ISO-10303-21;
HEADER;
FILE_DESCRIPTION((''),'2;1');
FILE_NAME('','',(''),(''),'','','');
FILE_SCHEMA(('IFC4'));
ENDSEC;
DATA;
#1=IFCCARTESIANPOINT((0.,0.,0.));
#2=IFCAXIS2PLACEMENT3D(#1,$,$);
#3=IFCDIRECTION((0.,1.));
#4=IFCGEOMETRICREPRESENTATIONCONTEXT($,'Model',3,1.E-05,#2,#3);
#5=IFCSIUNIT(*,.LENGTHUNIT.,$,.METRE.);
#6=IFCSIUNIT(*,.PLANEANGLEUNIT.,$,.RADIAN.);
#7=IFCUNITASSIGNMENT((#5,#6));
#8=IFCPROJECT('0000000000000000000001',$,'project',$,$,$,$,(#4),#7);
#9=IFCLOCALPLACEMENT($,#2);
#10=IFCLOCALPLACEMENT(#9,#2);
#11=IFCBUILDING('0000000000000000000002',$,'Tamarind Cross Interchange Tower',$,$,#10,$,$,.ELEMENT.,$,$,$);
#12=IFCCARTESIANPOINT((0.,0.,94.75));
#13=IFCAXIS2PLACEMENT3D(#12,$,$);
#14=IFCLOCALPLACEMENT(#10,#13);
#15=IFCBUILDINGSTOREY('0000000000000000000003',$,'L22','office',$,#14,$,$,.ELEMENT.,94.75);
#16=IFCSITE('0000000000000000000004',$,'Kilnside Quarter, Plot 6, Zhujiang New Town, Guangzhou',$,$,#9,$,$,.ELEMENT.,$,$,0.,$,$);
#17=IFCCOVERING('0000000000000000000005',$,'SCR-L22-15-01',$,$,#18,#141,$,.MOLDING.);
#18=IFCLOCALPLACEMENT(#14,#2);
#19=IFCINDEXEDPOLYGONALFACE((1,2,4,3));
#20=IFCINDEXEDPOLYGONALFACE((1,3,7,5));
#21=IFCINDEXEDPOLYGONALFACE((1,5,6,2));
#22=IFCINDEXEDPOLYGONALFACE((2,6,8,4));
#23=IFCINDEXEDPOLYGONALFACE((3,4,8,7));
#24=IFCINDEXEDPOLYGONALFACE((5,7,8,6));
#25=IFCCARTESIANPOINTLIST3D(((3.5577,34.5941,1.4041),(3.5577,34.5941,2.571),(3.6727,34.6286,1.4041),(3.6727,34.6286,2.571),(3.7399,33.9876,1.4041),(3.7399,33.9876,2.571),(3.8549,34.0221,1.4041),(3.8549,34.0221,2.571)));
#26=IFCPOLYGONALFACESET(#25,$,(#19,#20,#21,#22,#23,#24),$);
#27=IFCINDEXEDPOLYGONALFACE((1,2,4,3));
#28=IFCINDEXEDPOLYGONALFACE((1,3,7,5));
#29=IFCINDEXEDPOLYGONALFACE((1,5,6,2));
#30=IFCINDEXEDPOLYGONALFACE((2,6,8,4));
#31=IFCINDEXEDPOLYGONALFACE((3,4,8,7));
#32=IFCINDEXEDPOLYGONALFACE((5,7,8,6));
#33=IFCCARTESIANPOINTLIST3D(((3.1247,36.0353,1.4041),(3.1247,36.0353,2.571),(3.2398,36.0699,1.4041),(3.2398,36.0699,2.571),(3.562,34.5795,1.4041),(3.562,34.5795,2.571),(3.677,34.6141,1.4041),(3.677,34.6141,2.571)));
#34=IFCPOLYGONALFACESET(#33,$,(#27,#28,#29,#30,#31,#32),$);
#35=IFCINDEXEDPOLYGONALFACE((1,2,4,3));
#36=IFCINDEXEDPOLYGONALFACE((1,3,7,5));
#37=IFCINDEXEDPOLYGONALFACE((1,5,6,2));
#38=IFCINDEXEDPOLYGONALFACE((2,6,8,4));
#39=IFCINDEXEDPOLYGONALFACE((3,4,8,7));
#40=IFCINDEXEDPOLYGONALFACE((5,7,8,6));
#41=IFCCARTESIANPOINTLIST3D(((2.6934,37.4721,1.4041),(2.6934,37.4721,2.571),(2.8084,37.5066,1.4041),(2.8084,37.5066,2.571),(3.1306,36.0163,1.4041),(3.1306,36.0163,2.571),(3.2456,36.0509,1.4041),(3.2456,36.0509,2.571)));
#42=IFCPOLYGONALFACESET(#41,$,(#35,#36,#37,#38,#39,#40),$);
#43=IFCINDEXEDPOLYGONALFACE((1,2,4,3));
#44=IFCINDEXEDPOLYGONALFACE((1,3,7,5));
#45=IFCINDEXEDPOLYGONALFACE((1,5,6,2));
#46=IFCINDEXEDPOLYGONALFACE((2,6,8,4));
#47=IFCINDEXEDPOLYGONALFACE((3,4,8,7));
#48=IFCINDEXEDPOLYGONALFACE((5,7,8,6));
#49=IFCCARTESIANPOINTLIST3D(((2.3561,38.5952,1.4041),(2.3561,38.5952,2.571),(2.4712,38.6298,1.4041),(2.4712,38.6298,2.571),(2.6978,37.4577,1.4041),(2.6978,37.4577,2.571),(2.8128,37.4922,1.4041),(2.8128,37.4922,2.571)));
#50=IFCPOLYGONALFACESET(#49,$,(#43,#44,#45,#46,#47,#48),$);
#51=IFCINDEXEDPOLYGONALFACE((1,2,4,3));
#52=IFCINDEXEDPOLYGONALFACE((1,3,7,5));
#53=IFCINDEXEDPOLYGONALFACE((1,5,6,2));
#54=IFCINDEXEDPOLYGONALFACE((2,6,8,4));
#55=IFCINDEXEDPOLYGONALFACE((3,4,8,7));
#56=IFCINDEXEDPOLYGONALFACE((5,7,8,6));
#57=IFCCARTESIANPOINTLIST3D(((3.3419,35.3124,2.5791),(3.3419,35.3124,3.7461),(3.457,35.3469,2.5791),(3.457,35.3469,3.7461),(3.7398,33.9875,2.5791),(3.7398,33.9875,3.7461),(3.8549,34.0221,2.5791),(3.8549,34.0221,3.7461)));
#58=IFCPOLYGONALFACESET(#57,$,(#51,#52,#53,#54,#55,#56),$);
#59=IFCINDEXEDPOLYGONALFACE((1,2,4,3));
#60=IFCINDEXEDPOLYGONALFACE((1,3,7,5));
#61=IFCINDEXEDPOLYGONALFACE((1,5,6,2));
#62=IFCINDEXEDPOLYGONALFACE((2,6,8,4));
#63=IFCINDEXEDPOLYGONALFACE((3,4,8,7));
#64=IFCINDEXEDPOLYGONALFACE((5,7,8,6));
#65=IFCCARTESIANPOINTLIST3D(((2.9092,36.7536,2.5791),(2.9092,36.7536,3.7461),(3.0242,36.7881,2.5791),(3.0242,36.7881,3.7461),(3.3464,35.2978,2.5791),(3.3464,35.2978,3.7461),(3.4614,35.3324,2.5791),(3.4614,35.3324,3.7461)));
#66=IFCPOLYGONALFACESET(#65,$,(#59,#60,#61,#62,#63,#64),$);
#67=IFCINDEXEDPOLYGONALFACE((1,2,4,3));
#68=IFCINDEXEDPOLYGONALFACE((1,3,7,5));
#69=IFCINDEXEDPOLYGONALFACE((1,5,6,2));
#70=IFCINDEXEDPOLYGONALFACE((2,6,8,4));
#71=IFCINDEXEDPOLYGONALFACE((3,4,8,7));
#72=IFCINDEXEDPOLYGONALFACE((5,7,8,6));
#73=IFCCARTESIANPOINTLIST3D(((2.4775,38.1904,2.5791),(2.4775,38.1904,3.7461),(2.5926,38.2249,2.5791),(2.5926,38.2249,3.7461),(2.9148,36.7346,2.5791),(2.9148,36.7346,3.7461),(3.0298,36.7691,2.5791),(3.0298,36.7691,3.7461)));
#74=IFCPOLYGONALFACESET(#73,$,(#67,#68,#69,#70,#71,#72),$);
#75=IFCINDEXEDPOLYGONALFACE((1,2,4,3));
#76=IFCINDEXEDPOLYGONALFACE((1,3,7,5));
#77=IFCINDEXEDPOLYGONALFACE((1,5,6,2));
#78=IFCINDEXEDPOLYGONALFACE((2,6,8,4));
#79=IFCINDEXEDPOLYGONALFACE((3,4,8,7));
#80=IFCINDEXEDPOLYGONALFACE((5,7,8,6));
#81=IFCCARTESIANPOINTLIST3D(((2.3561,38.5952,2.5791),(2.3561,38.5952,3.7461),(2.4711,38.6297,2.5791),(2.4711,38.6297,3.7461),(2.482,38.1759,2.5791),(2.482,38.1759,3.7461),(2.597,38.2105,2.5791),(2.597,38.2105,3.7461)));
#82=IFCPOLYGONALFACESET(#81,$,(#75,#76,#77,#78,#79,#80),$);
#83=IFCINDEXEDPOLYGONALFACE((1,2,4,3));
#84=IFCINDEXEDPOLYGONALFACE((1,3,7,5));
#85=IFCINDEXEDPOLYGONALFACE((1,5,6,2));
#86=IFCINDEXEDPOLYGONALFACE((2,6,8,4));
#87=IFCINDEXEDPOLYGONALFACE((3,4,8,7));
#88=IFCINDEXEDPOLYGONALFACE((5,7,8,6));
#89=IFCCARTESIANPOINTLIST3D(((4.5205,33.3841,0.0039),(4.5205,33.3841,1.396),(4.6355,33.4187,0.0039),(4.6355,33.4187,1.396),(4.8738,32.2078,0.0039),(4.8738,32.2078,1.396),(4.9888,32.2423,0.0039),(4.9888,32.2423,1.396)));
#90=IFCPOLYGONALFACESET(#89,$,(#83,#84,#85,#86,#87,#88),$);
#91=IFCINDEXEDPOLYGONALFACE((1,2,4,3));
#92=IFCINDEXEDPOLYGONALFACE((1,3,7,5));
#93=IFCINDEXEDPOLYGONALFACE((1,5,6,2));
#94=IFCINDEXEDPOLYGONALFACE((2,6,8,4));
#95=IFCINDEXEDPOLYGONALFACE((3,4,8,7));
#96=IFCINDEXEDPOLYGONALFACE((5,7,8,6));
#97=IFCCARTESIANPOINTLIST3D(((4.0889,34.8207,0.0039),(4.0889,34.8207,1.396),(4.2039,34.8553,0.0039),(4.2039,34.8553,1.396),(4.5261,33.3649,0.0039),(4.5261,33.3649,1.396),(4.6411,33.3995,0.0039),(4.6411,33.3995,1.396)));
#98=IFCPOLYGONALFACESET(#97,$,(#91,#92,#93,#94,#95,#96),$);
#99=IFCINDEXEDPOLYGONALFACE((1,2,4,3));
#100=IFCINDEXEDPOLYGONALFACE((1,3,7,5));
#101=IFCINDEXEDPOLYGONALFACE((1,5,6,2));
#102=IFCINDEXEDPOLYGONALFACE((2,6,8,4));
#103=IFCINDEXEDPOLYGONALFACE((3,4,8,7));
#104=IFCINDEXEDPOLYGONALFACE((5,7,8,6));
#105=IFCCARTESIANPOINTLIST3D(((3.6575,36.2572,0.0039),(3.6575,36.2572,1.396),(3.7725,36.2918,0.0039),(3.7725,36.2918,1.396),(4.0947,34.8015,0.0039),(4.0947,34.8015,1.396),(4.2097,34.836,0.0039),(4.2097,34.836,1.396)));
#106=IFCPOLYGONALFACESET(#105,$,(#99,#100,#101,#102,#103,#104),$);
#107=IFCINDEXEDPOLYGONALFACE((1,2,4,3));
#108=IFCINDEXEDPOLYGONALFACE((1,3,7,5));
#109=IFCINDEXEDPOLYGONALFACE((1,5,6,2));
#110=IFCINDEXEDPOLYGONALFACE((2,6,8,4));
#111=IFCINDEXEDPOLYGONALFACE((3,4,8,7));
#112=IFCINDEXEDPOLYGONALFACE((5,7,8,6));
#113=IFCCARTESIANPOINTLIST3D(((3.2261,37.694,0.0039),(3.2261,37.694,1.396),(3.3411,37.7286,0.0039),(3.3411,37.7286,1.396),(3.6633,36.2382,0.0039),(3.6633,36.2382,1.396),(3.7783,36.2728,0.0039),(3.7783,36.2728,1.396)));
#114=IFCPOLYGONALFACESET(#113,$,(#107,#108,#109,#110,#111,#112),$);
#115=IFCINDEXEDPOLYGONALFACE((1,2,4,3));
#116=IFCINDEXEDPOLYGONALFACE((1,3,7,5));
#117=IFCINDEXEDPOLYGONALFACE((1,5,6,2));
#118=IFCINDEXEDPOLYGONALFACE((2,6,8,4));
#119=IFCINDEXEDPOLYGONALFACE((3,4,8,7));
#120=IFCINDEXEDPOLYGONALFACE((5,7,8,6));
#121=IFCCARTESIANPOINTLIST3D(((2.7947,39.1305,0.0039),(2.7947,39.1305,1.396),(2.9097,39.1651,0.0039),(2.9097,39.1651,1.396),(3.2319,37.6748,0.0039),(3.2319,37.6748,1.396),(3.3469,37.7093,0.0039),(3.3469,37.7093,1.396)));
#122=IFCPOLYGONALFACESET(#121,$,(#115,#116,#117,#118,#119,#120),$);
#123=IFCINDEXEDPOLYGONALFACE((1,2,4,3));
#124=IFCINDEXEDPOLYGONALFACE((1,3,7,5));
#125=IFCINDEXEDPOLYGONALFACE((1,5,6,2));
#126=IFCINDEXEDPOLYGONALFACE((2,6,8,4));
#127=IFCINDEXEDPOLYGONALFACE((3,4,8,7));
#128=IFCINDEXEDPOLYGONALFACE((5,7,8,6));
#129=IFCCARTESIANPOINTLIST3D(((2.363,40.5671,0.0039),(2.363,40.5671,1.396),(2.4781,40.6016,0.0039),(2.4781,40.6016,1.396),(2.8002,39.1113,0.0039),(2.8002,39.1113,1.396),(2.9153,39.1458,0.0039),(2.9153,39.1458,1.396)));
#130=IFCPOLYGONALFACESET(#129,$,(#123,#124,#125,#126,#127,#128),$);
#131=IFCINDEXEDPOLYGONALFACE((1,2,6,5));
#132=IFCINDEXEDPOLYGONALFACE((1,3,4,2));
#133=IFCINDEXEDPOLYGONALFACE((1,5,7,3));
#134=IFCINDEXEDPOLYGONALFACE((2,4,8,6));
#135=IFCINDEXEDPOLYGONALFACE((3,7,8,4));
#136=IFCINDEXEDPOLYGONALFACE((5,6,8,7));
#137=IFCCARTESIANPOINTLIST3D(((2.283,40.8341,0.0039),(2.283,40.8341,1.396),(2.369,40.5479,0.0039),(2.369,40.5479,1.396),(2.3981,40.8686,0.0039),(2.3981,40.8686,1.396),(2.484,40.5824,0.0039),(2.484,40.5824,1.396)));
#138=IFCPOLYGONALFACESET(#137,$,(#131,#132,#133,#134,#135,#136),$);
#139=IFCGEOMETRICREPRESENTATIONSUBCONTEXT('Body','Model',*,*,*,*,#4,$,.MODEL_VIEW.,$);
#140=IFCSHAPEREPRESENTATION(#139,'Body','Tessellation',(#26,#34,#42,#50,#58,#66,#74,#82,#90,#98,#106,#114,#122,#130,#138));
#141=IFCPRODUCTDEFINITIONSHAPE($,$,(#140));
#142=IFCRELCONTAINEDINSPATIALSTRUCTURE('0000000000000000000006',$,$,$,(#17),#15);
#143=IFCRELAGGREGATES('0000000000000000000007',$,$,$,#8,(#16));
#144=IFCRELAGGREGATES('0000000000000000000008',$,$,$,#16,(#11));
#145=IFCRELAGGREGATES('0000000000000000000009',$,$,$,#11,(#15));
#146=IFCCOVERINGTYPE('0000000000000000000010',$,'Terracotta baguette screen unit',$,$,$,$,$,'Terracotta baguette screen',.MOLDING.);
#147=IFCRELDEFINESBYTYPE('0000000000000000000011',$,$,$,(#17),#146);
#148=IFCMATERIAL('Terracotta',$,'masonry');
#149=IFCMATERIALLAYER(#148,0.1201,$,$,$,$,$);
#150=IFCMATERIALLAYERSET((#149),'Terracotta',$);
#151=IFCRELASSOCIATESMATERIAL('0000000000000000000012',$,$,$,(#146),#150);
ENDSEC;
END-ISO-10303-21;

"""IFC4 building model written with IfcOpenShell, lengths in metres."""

from ifc_helpers import new_model, si_unit, direction, frame, origin, origin_2d, place, context, subcontext, project, spatial, rectangle, extrude, material, layer, layer_set, type_object, element, save


model = new_model("IFC4")

# Units and contexts
model_context = context("Model", 3, precision=1e-05, world=origin(), true_north=direction((0.0, 1.0)))
body_context = subcontext(model_context, "Body", "Model", "MODEL_VIEW")
ifc_project = project(units=[si_unit("LENGTHUNIT", "METRE"), si_unit("PLANEANGLEUNIT", "RADIAN")], contexts=[model_context])

# Site, building, storey
site_placement = place(None, origin())
site = spatial("IfcSite", under=ifc_project, at=site_placement, Name="Kilnside Quarter, Plot 6, Zhujiang New Town, Guangzhou", CompositionType="ELEMENT", RefElevation=0.0)
building_placement = place(site_placement, origin())
building = spatial("IfcBuilding", under=site, at=building_placement, Name="Tamarind Cross Interchange Tower", CompositionType="ELEMENT")
storey_placement = place(building_placement, frame((0.0, 0.0, 94.75)))
storey = spatial("IfcBuildingStorey", under=building, at=storey_placement, Name="L22", Description="office", CompositionType="ELEMENT", Elevation=94.75)

# Covering
ifc_material_1 = material(Name="Terracotta", Category="masonry")
ifc_layer_1 = layer(ifc_material_1, 0.1201)
ifc_layer_set_1 = layer_set([ifc_layer_1], Name="Terracotta")
covering_type = type_object("IfcCoveringType", Name="Terracotta baguette screen unit", ElementType="Terracotta baguette screen", PredefinedType="MOLDING", material=ifc_layer_set_1)
covering_1_placement = place(storey_placement, origin())
element("IfcCovering", 1, at=covering_1_placement, inside=storey, type_object=covering_type, Name="SCR-L22-15-01", PredefinedType="MOLDING", context=body_context, shape_type="SweptSolid", body=[
    extrude(rectangle(XDim=0.6333, YDim=0.1201, at=origin_2d()), frame((3.7063, 34.3081, 1.4041), z_axis=(0.0, 0.0, 1.0), x_axis=(-0.287641, 0.957738, 0.0)), (0.0, 0.0, 1.0), 1.167),
    extrude(rectangle(XDim=1.52, YDim=0.1201, at=origin_2d()), frame((3.4009, 35.3247, 1.4041), z_axis=(0.0, 0.0, 1.0), x_axis=(-0.287641, 0.957738, 0.0)), (0.0, 0.0, 1.0), 1.167),
    extrude(rectangle(XDim=1.52, YDim=0.1201, at=origin_2d()), frame((2.9695, 36.7615, 1.4041), z_axis=(0.0, 0.0, 1.0), x_axis=(-0.287641, 0.957738, 0.0)), (0.0, 0.0, 1.0), 1.167),
    extrude(rectangle(XDim=1.1877, YDim=0.1201, at=origin_2d()), frame((2.5845, 38.0437, 1.4041), z_axis=(0.0, 0.0, 1.0), x_axis=(-0.287641, 0.957738, 0.0)), (0.0, 0.0, 1.0), 1.167),
    extrude(rectangle(XDim=1.3833, YDim=0.1201, at=origin_2d()), frame((3.5984, 34.6672, 2.5791), z_axis=(0.0, 0.0, 1.0), x_axis=(-0.287641, 0.957738, 0.0)), (0.0, 0.0, 1.0), 1.167),
    extrude(rectangle(XDim=1.52, YDim=0.1201, at=origin_2d()), frame((3.1853, 36.043, 2.5791), z_axis=(0.0, 0.0, 1.0), x_axis=(-0.287641, 0.957738, 0.0)), (0.0, 0.0, 1.0), 1.167),
    extrude(rectangle(XDim=1.52, YDim=0.1201, at=origin_2d()), frame((2.7537, 37.4797, 2.5791), z_axis=(0.0, 0.0, 1.0), x_axis=(-0.287641, 0.957738, 0.0)), (0.0, 0.0, 1.0), 1.167),
    extrude(rectangle(XDim=0.4377, YDim=0.1201, at=origin_2d()), frame((2.4766, 38.4028, 2.5791), z_axis=(0.0, 0.0, 1.0), x_axis=(-0.287641, 0.957738, 0.0)), (0.0, 0.0, 1.0), 1.167),
    extrude(rectangle(XDim=1.2283, YDim=0.1201, at=origin_2d()), frame((4.7546, 32.8132, 0.0039), z_axis=(0.0, 0.0, 1.0), x_axis=(-0.287641, 0.957738, 0.0)), (0.0, 0.0, 1.0), 1.3921),
    extrude(rectangle(XDim=1.52, YDim=0.1201, at=origin_2d()), frame((4.365, 34.1101, 0.0039), z_axis=(0.0, 0.0, 1.0), x_axis=(-0.287641, 0.957738, 0.0)), (0.0, 0.0, 1.0), 1.3921),
    extrude(rectangle(XDim=1.52, YDim=0.1201, at=origin_2d()), frame((3.9336, 35.5466, 0.0039), z_axis=(0.0, 0.0, 1.0), x_axis=(-0.287641, 0.957738, 0.0)), (0.0, 0.0, 1.0), 1.3921),
    extrude(rectangle(XDim=1.52, YDim=0.1201, at=origin_2d()), frame((3.5022, 36.9834, 0.0039), z_axis=(0.0, 0.0, 1.0), x_axis=(-0.287641, 0.957738, 0.0)), (0.0, 0.0, 1.0), 1.3921),
    extrude(rectangle(XDim=1.52, YDim=0.1201, at=origin_2d()), frame((3.0708, 38.4199, 0.0039), z_axis=(0.0, 0.0, 1.0), x_axis=(-0.287641, 0.957738, 0.0)), (0.0, 0.0, 1.0), 1.3921),
    extrude(rectangle(XDim=1.52, YDim=0.1201, at=origin_2d()), frame((2.6392, 39.8564, 0.0039), z_axis=(0.0, 0.0, 1.0), x_axis=(-0.287641, 0.957738, 0.0)), (0.0, 0.0, 1.0), 1.3921),
    extrude(rectangle(XDim=0.2988, YDim=0.1201, at=origin_2d()), frame((2.3835, 40.7083, 0.0039), z_axis=(0.0, 0.0, 1.0), x_axis=(-0.287641, 0.957738, 0.0)), (0.0, 0.0, 1.0), 1.3921),
])

save(model, "model.ifc")
